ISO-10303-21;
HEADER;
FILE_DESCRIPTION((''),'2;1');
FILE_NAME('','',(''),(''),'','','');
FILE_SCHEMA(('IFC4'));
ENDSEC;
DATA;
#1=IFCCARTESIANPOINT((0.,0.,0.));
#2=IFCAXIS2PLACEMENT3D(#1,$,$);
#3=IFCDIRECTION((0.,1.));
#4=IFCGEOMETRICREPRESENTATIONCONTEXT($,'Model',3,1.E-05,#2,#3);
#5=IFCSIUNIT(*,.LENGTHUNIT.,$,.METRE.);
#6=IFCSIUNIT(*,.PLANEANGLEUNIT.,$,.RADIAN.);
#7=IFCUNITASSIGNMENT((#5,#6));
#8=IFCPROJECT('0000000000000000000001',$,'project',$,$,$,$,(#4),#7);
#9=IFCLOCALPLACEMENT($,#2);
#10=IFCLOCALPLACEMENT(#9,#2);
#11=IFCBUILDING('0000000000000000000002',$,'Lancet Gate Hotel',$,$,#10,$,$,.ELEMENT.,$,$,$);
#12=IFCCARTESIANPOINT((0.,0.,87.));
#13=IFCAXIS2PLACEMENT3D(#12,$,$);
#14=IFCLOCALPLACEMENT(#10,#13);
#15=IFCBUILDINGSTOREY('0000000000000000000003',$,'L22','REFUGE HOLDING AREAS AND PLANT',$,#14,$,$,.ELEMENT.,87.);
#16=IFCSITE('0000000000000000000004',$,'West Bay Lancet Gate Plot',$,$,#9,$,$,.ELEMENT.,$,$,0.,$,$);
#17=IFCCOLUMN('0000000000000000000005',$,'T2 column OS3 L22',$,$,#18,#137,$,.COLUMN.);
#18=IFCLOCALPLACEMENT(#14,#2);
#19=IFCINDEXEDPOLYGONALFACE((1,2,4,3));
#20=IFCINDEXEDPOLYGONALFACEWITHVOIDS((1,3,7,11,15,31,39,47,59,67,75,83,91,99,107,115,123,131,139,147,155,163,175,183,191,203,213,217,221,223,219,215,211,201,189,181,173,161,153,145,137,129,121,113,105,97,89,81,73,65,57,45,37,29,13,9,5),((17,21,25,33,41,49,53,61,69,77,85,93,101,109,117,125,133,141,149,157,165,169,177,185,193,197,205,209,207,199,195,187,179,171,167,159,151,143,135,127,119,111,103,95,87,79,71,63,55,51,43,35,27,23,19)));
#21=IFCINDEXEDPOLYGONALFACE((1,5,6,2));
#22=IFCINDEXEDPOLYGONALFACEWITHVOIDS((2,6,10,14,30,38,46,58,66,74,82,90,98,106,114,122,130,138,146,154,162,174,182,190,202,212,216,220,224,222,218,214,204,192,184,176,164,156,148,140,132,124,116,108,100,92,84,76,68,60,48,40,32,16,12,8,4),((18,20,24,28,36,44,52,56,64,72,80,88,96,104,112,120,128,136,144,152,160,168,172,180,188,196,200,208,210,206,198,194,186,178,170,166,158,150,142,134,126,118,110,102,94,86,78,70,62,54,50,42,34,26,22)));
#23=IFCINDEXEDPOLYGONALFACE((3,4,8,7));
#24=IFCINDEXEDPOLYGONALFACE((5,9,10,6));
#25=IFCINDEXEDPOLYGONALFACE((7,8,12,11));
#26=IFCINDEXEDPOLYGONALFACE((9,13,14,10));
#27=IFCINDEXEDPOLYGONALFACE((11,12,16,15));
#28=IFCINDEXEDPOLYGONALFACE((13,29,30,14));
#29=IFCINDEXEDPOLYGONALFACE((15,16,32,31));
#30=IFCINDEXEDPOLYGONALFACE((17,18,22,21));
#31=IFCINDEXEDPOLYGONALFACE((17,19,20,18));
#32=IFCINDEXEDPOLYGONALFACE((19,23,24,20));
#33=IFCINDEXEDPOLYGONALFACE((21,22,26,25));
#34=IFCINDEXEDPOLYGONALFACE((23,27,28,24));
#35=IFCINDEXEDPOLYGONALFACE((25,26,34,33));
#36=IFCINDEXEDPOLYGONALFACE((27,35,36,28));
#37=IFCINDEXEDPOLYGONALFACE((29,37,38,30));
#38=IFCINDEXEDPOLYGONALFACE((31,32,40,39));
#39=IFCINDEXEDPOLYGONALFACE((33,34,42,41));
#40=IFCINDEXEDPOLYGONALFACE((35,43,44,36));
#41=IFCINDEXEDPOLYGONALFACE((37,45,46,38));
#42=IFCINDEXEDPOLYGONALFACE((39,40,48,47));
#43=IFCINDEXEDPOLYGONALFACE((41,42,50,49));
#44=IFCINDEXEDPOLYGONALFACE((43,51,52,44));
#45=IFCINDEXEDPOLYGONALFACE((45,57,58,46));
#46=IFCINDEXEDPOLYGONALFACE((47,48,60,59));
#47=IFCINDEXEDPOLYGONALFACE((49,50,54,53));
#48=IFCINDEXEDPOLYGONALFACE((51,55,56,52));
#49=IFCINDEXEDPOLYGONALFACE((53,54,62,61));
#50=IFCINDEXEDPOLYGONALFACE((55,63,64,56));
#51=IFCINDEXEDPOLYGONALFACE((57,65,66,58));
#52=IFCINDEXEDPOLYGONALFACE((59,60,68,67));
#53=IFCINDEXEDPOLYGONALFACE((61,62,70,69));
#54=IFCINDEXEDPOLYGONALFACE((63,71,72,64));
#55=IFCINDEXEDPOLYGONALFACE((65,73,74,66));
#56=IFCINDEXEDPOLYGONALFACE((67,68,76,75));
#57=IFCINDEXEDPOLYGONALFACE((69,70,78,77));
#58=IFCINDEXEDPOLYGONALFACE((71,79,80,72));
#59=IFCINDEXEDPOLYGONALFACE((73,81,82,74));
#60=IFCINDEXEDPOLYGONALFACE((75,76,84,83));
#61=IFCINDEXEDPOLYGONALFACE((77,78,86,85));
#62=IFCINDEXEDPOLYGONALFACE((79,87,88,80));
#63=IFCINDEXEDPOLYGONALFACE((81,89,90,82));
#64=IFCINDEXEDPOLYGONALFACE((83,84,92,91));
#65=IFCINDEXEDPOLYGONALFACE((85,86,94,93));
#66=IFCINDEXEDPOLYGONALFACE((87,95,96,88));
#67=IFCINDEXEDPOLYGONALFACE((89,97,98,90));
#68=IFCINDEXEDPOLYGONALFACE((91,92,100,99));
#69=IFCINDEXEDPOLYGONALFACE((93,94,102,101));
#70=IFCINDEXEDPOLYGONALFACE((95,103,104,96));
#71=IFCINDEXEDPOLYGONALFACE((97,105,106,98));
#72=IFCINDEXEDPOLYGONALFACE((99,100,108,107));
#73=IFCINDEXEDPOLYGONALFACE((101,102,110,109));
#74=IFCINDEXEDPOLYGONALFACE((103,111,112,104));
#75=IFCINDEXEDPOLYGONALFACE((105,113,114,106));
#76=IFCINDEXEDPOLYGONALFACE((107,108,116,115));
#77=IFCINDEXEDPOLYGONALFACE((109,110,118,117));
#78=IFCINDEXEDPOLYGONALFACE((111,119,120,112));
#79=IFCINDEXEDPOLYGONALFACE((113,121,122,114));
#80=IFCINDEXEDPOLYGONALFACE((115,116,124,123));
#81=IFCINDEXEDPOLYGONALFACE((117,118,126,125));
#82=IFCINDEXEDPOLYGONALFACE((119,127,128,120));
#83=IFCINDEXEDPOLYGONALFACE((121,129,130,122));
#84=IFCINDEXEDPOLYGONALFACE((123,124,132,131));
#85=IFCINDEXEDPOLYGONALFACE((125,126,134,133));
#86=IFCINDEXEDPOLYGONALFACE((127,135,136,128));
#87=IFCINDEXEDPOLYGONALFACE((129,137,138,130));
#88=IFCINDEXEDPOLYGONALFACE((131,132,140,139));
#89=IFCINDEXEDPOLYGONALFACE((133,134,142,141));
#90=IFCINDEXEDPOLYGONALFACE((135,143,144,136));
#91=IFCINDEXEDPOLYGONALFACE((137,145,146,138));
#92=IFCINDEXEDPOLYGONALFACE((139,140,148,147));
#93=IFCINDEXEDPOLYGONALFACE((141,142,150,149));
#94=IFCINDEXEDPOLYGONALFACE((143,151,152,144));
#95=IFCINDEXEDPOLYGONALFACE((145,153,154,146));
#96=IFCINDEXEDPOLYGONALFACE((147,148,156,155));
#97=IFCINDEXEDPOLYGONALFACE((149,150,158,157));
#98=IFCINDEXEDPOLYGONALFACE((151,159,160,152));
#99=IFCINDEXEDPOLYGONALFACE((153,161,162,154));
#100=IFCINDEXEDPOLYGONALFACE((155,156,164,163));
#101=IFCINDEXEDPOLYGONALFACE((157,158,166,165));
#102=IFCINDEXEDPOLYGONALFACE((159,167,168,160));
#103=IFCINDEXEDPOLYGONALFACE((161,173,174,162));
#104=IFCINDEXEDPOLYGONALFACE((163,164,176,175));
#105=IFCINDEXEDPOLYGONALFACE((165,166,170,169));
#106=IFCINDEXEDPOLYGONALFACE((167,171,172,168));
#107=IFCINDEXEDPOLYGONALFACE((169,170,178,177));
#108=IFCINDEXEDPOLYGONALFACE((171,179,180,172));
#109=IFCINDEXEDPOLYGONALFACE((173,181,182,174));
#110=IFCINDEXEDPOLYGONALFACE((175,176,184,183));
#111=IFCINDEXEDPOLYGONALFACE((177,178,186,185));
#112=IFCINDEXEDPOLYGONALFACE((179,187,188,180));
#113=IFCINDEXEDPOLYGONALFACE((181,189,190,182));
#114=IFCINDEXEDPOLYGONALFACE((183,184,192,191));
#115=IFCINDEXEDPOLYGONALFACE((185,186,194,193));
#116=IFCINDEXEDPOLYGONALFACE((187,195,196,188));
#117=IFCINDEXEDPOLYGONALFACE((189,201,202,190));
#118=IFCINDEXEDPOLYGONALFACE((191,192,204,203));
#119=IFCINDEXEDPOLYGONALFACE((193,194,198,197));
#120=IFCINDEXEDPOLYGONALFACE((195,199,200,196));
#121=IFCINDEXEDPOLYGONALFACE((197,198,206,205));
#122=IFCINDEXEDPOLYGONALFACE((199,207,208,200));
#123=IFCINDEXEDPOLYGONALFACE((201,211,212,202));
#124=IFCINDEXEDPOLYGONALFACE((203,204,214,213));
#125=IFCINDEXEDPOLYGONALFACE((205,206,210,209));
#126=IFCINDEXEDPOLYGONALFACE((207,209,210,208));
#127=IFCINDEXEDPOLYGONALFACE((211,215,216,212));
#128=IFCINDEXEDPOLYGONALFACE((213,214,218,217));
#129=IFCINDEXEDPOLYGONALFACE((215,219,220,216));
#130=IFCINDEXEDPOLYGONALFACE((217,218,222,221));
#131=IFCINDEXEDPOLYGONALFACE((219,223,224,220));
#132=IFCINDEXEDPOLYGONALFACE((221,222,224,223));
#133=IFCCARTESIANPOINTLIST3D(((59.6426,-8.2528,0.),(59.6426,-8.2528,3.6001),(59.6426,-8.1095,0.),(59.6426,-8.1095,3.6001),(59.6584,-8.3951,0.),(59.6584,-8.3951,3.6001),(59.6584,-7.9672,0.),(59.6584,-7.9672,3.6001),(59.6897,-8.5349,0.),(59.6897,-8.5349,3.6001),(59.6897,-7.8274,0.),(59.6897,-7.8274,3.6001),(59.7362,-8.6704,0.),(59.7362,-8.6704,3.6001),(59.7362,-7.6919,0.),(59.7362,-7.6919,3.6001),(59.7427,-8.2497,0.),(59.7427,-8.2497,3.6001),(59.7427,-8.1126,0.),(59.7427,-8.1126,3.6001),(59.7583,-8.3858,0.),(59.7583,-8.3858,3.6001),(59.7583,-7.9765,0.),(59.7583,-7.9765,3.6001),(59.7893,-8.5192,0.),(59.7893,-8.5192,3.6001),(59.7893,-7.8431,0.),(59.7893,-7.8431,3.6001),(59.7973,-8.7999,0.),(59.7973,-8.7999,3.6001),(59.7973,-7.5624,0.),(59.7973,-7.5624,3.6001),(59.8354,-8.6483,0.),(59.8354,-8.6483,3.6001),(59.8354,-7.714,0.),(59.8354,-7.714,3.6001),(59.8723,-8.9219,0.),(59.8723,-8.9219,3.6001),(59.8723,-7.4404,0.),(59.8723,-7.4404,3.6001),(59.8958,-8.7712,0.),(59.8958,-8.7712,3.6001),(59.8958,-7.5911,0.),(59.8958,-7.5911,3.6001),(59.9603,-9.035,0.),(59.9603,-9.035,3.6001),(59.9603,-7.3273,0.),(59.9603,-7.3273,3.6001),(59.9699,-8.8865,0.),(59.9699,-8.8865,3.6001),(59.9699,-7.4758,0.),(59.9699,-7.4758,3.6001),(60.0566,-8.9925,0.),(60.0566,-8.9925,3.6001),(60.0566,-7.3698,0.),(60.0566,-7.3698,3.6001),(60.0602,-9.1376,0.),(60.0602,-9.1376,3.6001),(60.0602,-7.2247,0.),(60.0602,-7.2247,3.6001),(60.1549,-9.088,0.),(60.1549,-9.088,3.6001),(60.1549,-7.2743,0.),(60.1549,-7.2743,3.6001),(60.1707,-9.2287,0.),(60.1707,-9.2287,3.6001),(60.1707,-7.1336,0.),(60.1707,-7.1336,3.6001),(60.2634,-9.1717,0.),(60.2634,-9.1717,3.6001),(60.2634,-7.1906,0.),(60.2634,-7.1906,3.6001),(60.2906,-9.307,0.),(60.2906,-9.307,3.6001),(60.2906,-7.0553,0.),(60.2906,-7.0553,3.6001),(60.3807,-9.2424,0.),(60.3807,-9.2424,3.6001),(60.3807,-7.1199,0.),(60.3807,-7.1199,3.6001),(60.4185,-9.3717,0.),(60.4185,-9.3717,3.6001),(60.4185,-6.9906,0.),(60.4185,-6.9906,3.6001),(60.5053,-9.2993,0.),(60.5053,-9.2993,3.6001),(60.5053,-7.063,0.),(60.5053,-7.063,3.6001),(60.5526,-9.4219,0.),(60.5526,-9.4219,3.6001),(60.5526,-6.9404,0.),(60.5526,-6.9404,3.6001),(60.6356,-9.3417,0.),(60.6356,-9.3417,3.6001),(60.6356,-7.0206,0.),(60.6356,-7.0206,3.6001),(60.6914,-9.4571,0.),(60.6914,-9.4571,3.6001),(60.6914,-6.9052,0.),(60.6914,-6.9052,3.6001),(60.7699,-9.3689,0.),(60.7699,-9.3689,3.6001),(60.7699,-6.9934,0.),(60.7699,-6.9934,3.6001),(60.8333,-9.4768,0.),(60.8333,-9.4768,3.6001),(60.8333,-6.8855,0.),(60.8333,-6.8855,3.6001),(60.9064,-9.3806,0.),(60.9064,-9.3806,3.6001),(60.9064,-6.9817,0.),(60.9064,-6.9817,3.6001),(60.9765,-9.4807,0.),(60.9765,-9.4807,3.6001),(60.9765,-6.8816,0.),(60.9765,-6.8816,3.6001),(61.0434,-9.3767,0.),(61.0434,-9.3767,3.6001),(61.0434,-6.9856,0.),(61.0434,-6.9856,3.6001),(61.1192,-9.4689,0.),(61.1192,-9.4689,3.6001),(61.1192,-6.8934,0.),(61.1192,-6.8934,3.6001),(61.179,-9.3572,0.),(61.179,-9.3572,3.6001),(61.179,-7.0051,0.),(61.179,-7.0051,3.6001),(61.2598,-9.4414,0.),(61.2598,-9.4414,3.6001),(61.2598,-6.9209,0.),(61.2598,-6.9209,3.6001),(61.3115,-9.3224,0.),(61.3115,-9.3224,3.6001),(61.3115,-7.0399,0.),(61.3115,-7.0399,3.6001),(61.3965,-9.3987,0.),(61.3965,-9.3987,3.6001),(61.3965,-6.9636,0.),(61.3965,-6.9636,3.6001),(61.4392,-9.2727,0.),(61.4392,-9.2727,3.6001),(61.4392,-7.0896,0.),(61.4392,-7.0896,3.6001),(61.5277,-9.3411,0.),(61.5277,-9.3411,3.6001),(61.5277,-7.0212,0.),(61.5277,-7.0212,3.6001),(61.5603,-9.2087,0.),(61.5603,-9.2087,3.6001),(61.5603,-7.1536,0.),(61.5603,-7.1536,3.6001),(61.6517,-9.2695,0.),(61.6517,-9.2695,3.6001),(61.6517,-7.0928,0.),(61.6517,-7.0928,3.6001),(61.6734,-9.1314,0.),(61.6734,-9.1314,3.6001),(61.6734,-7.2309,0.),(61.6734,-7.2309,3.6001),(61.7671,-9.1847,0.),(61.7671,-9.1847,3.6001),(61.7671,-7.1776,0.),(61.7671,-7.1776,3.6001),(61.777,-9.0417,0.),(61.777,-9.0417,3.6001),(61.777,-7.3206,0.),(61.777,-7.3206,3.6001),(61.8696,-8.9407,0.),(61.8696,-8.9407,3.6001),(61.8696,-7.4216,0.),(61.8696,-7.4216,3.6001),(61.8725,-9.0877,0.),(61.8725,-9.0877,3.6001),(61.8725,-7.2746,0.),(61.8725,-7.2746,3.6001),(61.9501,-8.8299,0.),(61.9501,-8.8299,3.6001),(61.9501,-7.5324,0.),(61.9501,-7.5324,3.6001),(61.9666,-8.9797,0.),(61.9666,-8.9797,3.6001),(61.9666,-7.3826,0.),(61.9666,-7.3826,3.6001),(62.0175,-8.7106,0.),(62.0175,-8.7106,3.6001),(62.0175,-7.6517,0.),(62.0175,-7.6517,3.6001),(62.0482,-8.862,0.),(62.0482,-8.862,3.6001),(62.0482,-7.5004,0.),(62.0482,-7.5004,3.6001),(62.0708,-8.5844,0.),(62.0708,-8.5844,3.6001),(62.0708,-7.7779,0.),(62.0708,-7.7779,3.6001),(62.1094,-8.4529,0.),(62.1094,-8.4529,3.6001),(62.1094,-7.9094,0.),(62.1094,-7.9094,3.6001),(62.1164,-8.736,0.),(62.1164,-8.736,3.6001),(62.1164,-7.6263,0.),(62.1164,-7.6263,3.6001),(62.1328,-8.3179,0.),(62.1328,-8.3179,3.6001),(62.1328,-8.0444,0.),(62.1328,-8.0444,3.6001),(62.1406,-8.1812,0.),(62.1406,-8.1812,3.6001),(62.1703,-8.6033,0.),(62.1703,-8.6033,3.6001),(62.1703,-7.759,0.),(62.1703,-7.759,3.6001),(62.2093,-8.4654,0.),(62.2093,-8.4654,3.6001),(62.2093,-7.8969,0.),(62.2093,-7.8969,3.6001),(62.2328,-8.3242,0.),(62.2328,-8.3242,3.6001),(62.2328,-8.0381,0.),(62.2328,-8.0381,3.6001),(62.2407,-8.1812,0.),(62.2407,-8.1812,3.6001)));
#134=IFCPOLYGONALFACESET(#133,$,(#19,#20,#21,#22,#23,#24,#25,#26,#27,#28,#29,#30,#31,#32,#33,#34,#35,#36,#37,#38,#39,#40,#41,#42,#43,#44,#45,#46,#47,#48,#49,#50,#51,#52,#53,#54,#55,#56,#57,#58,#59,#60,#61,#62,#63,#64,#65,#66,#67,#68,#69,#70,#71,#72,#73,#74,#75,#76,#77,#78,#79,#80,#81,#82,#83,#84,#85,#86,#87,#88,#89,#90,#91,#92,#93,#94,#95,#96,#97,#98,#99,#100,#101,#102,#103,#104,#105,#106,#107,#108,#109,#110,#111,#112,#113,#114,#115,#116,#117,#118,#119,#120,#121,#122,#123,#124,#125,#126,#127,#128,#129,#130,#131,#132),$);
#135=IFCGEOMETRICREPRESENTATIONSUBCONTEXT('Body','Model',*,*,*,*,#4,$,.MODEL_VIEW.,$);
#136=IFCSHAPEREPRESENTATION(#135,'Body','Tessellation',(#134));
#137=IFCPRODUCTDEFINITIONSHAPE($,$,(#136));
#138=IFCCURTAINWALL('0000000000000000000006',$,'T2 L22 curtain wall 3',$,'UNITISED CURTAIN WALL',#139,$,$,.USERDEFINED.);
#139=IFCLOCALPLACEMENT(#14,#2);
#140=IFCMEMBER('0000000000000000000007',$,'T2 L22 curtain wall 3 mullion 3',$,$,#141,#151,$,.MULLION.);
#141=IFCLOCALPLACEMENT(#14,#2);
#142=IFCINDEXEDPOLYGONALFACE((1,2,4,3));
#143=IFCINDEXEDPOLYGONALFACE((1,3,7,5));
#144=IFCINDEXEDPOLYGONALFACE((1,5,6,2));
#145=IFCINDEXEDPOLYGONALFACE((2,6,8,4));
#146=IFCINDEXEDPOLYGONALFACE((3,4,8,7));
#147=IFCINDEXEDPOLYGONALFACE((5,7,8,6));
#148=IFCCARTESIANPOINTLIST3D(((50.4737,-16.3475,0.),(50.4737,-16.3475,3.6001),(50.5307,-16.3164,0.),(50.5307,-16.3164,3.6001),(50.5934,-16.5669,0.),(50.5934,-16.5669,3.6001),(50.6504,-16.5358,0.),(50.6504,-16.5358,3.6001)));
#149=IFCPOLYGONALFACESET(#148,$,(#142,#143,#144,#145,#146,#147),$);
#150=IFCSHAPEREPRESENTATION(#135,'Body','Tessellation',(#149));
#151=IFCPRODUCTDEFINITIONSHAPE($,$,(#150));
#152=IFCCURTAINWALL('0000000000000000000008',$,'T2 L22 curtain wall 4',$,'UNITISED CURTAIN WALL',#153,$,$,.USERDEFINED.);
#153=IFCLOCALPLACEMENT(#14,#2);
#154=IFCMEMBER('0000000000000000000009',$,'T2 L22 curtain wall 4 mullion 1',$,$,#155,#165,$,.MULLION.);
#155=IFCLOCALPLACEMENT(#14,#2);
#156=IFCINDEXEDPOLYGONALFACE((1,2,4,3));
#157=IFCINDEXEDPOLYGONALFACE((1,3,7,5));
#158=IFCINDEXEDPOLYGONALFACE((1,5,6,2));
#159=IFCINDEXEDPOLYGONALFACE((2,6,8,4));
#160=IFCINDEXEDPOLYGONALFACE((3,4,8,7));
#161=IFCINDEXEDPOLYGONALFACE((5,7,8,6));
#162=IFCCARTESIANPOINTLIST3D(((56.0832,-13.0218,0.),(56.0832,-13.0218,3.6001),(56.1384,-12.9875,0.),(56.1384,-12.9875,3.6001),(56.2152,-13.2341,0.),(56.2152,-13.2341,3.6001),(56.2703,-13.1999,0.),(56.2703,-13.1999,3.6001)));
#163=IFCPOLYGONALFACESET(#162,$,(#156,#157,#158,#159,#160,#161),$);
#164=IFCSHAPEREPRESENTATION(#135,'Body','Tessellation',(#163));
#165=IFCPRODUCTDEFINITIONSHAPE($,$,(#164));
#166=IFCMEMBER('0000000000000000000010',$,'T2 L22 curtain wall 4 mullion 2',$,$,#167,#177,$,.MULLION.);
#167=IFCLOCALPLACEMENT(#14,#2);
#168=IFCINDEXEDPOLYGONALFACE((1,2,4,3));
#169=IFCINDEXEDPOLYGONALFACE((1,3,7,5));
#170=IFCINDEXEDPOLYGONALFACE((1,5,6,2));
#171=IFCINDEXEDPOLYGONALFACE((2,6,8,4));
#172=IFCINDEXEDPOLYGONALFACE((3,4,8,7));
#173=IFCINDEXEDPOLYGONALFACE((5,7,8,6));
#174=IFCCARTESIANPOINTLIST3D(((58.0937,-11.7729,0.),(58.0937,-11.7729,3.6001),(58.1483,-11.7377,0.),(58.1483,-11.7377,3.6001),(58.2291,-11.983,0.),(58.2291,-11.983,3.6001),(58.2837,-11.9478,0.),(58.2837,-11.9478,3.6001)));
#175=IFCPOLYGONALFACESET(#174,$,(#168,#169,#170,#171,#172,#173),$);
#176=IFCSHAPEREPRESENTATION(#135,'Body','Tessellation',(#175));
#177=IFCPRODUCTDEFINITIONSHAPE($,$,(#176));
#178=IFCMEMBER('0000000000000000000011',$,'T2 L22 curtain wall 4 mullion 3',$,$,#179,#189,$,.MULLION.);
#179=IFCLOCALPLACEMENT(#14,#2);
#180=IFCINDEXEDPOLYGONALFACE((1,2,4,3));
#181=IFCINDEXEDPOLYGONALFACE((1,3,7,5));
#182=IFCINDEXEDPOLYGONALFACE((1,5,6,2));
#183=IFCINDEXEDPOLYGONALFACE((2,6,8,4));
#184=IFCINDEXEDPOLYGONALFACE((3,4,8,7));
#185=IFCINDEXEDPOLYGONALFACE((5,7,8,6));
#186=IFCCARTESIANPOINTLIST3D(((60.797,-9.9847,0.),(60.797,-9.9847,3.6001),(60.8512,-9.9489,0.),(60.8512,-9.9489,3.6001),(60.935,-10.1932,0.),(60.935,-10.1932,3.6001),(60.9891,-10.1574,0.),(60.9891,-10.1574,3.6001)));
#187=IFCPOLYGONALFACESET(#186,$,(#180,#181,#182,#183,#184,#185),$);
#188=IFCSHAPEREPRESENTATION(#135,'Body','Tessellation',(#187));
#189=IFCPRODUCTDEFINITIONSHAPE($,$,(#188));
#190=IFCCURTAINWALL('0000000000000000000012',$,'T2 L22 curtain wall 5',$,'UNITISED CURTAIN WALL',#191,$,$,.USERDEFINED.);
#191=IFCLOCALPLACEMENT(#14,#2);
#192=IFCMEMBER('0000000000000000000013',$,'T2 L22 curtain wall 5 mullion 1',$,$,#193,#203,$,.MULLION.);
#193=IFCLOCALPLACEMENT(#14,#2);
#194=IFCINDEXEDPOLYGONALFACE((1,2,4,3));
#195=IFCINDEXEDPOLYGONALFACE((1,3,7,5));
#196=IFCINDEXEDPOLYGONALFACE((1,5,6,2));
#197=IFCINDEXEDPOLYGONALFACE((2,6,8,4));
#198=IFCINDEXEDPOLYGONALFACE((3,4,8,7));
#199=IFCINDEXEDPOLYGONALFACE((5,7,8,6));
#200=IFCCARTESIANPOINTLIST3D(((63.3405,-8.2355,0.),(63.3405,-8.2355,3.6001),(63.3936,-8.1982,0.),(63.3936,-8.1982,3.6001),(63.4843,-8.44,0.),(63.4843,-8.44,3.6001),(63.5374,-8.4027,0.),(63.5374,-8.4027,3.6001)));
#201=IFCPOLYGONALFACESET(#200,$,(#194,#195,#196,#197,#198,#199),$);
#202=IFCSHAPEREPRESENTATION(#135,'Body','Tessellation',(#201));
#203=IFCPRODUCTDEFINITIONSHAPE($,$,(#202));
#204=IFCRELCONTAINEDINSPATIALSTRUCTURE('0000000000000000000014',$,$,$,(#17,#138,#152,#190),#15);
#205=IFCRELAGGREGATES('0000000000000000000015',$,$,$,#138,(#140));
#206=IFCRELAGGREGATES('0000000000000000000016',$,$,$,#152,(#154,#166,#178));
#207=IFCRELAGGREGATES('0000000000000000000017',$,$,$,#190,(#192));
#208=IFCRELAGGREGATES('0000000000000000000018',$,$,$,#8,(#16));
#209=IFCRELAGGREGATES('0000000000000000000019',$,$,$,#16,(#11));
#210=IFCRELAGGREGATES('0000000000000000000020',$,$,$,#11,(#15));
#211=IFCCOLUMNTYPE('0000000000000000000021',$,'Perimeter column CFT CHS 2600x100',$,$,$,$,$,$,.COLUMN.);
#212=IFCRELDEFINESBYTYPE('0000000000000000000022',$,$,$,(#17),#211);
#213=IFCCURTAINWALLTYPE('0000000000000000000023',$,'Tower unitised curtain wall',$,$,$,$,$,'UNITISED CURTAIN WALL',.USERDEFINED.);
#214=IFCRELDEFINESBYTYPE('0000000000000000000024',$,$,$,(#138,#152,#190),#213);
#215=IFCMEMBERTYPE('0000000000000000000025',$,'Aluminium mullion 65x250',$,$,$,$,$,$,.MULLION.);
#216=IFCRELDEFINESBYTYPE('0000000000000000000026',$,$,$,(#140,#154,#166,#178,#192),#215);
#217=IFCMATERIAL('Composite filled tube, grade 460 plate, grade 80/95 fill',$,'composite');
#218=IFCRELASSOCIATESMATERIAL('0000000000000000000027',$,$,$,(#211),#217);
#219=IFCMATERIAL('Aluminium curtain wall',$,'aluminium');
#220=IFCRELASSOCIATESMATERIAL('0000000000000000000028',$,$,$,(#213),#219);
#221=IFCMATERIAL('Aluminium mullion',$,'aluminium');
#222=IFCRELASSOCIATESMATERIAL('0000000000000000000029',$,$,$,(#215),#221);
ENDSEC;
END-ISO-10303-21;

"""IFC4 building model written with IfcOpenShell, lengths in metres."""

from ifc_helpers import new_model, si_unit, direction, frame, origin, origin_2d, place, context, subcontext, project, spatial, rectangle, hollow_circle, extrude, material, material_profile, profile_set, type_object, element, aggregate, save


model = new_model("IFC4")

# Units and contexts
model_context = context("Model", 3, precision=1e-05, world=origin(), true_north=direction((0.0, 1.0)))
body_context = subcontext(model_context, "Body", "Model", "MODEL_VIEW")
ifc_project = project(units=[si_unit("LENGTHUNIT", "METRE"), si_unit("PLANEANGLEUNIT", "RADIAN")], contexts=[model_context])

# Site, building, storey
site_placement = place(None, origin())
site = spatial("IfcSite", under=ifc_project, at=site_placement, Name="West Bay Lancet Gate Plot", CompositionType="ELEMENT", RefElevation=0.0)
building_placement = place(site_placement, origin())
building = spatial("IfcBuilding", under=site, at=building_placement, Name="Lancet Gate Hotel", CompositionType="ELEMENT")
storey_placement = place(building_placement, frame((0.0, 0.0, 87.0)))
storey = spatial("IfcBuildingStorey", under=building, at=storey_placement, Name="L22", Description="REFUGE HOLDING AREAS AND PLANT", CompositionType="ELEMENT", Elevation=87.0)

# Column
ifc_material_1 = material(Name="Composite filled tube, grade 460 plate, grade 80/95 fill", Category="composite")
ifc_material_profile_1 = material_profile(ifc_material_1, hollow_circle(Radius=1.3, WallThickness=0.1001, at=origin_2d()), Name="CHS 2600x100")
ifc_profile_set_1 = profile_set([ifc_material_profile_1], Name="Composite filled tube, grade 460 plate, grade 80/95 fill")
column_type = type_object("IfcColumnType", Name="Perimeter column CFT CHS 2600x100", PredefinedType="COLUMN", material=ifc_profile_set_1)
column_placement = place(storey_placement, frame((60.9407, -8.1812, 0.0), z_axis=(0.0, 0.0, 1.0), x_axis=(1.0, 0.0, 0.0)))
element("IfcColumn", 1, at=column_placement, inside=storey, type_object=column_type, Name="T2 column OS3 L22", PredefinedType="COLUMN", context=body_context, shape_type="SweptSolid", body=[
    extrude(hollow_circle(Radius=1.3, WallThickness=0.1001, at=origin_2d()), origin(), (0.0, 0.0, 1.0), 3.6001),
])

# Curtain wall, member
ifc_material_2 = material(Name="Aluminium curtain wall", Category="aluminium")
curtain_wall_type = type_object("IfcCurtainWallType", Name="Tower unitised curtain wall", ElementType="UNITISED CURTAIN WALL", PredefinedType="USERDEFINED", material=ifc_material_2)
curtain_wall_1_placement = place(storey_placement, origin())
curtain_wall_1 = element("IfcCurtainWall", 2, at=curtain_wall_1_placement, inside=storey, type_object=curtain_wall_type, Name="T2 L22 curtain wall 3", ObjectType="UNITISED CURTAIN WALL", PredefinedType="USERDEFINED")
ifc_material_3 = material(Name="Aluminium mullion", Category="aluminium")
ifc_material_profile_2 = material_profile(ifc_material_3, rectangle(XDim=0.0649, YDim=0.25, at=origin_2d()), Name="MULLION 65x250")
ifc_profile_set_2 = profile_set([ifc_material_profile_2], Name="Aluminium mullion")
member_type_1 = type_object("IfcMemberType", Name="Aluminium mullion 65x250", PredefinedType="MULLION", material=ifc_profile_set_2)
member_1_placement = place(storey_placement, frame((50.562, -16.4417, 0.0), z_axis=(0.0, 0.0, 1.0), x_axis=(0.877916, 0.478814, 0.0)))
member_1 = element("IfcMember", 3, at=member_1_placement, type_object=member_type_1, Name="T2 L22 curtain wall 3 mullion 3", PredefinedType="MULLION", context=body_context, shape_type="SweptSolid", body=[
    extrude(rectangle(XDim=0.0649, YDim=0.25, at=origin_2d()), origin(), (0.0, 0.0, 1.0), 3.6001),
])
aggregate(curtain_wall_1, [member_1])

# Curtain walls, members
curtain_wall_2_placement = place(storey_placement, origin())
curtain_wall_2 = element("IfcCurtainWall", 4, at=curtain_wall_2_placement, inside=storey, type_object=curtain_wall_type, Name="T2 L22 curtain wall 4", ObjectType="UNITISED CURTAIN WALL", PredefinedType="USERDEFINED")
member_2_placement = place(storey_placement, frame((56.1768, -13.1108, 0.0), z_axis=(0.0, 0.0, 1.0), x_axis=(0.849318, 0.527882, 0.0)))
member_2 = element("IfcMember", 5, at=member_2_placement, type_object=member_type_1, Name="T2 L22 curtain wall 4 mullion 1", PredefinedType="MULLION", context=body_context, shape_type="SweptSolid", body=[
    extrude(rectangle(XDim=0.0649, YDim=0.25, at=origin_2d()), origin(), (0.0, 0.0, 1.0), 3.6001),
])
member_3_placement = place(storey_placement, frame((58.1887, -11.8604, 0.0), z_axis=(0.0, 0.0, 1.0), x_axis=(0.84054, 0.541749, 0.0)))
member_3 = element("IfcMember", 6, at=member_3_placement, type_object=member_type_1, Name="T2 L22 curtain wall 4 mullion 2", PredefinedType="MULLION", context=body_context, shape_type="SweptSolid", body=[
    extrude(rectangle(XDim=0.0649, YDim=0.25, at=origin_2d()), origin(), (0.0, 0.0, 1.0), 3.6001),
])
member_4_placement = place(storey_placement, frame((60.8931, -10.071, 0.0), z_axis=(0.0, 0.0, 1.0), x_axis=(0.833985, 0.551787, 0.0)))
member_4 = element("IfcMember", 7, at=member_4_placement, type_object=member_type_1, Name="T2 L22 curtain wall 4 mullion 3", PredefinedType="MULLION", context=body_context, shape_type="SweptSolid", body=[
    extrude(rectangle(XDim=0.0649, YDim=0.25, at=origin_2d()), origin(), (0.0, 0.0, 1.0), 3.6001),
])
curtain_wall_3_placement = place(storey_placement, origin())
curtain_wall_3 = element("IfcCurtainWall", 8, at=curtain_wall_3_placement, inside=storey, type_object=curtain_wall_type, Name="T2 L22 curtain wall 5", ObjectType="UNITISED CURTAIN WALL", PredefinedType="USERDEFINED")
member_5_placement = place(storey_placement, frame((63.439, -8.3191, 0.0), z_axis=(0.0, 0.0, 1.0), x_axis=(0.817979, 0.575247, 0.0)))
member_5 = element("IfcMember", 9, at=member_5_placement, type_object=member_type_1, Name="T2 L22 curtain wall 5 mullion 1", PredefinedType="MULLION", context=body_context, shape_type="SweptSolid", body=[
    extrude(rectangle(XDim=0.0649, YDim=0.25, at=origin_2d()), origin(), (0.0, 0.0, 1.0), 3.6001),
])

aggregate(curtain_wall_2, [member_2, member_3, member_4])
aggregate(curtain_wall_3, [member_5])

save(model, "model.ifc")
